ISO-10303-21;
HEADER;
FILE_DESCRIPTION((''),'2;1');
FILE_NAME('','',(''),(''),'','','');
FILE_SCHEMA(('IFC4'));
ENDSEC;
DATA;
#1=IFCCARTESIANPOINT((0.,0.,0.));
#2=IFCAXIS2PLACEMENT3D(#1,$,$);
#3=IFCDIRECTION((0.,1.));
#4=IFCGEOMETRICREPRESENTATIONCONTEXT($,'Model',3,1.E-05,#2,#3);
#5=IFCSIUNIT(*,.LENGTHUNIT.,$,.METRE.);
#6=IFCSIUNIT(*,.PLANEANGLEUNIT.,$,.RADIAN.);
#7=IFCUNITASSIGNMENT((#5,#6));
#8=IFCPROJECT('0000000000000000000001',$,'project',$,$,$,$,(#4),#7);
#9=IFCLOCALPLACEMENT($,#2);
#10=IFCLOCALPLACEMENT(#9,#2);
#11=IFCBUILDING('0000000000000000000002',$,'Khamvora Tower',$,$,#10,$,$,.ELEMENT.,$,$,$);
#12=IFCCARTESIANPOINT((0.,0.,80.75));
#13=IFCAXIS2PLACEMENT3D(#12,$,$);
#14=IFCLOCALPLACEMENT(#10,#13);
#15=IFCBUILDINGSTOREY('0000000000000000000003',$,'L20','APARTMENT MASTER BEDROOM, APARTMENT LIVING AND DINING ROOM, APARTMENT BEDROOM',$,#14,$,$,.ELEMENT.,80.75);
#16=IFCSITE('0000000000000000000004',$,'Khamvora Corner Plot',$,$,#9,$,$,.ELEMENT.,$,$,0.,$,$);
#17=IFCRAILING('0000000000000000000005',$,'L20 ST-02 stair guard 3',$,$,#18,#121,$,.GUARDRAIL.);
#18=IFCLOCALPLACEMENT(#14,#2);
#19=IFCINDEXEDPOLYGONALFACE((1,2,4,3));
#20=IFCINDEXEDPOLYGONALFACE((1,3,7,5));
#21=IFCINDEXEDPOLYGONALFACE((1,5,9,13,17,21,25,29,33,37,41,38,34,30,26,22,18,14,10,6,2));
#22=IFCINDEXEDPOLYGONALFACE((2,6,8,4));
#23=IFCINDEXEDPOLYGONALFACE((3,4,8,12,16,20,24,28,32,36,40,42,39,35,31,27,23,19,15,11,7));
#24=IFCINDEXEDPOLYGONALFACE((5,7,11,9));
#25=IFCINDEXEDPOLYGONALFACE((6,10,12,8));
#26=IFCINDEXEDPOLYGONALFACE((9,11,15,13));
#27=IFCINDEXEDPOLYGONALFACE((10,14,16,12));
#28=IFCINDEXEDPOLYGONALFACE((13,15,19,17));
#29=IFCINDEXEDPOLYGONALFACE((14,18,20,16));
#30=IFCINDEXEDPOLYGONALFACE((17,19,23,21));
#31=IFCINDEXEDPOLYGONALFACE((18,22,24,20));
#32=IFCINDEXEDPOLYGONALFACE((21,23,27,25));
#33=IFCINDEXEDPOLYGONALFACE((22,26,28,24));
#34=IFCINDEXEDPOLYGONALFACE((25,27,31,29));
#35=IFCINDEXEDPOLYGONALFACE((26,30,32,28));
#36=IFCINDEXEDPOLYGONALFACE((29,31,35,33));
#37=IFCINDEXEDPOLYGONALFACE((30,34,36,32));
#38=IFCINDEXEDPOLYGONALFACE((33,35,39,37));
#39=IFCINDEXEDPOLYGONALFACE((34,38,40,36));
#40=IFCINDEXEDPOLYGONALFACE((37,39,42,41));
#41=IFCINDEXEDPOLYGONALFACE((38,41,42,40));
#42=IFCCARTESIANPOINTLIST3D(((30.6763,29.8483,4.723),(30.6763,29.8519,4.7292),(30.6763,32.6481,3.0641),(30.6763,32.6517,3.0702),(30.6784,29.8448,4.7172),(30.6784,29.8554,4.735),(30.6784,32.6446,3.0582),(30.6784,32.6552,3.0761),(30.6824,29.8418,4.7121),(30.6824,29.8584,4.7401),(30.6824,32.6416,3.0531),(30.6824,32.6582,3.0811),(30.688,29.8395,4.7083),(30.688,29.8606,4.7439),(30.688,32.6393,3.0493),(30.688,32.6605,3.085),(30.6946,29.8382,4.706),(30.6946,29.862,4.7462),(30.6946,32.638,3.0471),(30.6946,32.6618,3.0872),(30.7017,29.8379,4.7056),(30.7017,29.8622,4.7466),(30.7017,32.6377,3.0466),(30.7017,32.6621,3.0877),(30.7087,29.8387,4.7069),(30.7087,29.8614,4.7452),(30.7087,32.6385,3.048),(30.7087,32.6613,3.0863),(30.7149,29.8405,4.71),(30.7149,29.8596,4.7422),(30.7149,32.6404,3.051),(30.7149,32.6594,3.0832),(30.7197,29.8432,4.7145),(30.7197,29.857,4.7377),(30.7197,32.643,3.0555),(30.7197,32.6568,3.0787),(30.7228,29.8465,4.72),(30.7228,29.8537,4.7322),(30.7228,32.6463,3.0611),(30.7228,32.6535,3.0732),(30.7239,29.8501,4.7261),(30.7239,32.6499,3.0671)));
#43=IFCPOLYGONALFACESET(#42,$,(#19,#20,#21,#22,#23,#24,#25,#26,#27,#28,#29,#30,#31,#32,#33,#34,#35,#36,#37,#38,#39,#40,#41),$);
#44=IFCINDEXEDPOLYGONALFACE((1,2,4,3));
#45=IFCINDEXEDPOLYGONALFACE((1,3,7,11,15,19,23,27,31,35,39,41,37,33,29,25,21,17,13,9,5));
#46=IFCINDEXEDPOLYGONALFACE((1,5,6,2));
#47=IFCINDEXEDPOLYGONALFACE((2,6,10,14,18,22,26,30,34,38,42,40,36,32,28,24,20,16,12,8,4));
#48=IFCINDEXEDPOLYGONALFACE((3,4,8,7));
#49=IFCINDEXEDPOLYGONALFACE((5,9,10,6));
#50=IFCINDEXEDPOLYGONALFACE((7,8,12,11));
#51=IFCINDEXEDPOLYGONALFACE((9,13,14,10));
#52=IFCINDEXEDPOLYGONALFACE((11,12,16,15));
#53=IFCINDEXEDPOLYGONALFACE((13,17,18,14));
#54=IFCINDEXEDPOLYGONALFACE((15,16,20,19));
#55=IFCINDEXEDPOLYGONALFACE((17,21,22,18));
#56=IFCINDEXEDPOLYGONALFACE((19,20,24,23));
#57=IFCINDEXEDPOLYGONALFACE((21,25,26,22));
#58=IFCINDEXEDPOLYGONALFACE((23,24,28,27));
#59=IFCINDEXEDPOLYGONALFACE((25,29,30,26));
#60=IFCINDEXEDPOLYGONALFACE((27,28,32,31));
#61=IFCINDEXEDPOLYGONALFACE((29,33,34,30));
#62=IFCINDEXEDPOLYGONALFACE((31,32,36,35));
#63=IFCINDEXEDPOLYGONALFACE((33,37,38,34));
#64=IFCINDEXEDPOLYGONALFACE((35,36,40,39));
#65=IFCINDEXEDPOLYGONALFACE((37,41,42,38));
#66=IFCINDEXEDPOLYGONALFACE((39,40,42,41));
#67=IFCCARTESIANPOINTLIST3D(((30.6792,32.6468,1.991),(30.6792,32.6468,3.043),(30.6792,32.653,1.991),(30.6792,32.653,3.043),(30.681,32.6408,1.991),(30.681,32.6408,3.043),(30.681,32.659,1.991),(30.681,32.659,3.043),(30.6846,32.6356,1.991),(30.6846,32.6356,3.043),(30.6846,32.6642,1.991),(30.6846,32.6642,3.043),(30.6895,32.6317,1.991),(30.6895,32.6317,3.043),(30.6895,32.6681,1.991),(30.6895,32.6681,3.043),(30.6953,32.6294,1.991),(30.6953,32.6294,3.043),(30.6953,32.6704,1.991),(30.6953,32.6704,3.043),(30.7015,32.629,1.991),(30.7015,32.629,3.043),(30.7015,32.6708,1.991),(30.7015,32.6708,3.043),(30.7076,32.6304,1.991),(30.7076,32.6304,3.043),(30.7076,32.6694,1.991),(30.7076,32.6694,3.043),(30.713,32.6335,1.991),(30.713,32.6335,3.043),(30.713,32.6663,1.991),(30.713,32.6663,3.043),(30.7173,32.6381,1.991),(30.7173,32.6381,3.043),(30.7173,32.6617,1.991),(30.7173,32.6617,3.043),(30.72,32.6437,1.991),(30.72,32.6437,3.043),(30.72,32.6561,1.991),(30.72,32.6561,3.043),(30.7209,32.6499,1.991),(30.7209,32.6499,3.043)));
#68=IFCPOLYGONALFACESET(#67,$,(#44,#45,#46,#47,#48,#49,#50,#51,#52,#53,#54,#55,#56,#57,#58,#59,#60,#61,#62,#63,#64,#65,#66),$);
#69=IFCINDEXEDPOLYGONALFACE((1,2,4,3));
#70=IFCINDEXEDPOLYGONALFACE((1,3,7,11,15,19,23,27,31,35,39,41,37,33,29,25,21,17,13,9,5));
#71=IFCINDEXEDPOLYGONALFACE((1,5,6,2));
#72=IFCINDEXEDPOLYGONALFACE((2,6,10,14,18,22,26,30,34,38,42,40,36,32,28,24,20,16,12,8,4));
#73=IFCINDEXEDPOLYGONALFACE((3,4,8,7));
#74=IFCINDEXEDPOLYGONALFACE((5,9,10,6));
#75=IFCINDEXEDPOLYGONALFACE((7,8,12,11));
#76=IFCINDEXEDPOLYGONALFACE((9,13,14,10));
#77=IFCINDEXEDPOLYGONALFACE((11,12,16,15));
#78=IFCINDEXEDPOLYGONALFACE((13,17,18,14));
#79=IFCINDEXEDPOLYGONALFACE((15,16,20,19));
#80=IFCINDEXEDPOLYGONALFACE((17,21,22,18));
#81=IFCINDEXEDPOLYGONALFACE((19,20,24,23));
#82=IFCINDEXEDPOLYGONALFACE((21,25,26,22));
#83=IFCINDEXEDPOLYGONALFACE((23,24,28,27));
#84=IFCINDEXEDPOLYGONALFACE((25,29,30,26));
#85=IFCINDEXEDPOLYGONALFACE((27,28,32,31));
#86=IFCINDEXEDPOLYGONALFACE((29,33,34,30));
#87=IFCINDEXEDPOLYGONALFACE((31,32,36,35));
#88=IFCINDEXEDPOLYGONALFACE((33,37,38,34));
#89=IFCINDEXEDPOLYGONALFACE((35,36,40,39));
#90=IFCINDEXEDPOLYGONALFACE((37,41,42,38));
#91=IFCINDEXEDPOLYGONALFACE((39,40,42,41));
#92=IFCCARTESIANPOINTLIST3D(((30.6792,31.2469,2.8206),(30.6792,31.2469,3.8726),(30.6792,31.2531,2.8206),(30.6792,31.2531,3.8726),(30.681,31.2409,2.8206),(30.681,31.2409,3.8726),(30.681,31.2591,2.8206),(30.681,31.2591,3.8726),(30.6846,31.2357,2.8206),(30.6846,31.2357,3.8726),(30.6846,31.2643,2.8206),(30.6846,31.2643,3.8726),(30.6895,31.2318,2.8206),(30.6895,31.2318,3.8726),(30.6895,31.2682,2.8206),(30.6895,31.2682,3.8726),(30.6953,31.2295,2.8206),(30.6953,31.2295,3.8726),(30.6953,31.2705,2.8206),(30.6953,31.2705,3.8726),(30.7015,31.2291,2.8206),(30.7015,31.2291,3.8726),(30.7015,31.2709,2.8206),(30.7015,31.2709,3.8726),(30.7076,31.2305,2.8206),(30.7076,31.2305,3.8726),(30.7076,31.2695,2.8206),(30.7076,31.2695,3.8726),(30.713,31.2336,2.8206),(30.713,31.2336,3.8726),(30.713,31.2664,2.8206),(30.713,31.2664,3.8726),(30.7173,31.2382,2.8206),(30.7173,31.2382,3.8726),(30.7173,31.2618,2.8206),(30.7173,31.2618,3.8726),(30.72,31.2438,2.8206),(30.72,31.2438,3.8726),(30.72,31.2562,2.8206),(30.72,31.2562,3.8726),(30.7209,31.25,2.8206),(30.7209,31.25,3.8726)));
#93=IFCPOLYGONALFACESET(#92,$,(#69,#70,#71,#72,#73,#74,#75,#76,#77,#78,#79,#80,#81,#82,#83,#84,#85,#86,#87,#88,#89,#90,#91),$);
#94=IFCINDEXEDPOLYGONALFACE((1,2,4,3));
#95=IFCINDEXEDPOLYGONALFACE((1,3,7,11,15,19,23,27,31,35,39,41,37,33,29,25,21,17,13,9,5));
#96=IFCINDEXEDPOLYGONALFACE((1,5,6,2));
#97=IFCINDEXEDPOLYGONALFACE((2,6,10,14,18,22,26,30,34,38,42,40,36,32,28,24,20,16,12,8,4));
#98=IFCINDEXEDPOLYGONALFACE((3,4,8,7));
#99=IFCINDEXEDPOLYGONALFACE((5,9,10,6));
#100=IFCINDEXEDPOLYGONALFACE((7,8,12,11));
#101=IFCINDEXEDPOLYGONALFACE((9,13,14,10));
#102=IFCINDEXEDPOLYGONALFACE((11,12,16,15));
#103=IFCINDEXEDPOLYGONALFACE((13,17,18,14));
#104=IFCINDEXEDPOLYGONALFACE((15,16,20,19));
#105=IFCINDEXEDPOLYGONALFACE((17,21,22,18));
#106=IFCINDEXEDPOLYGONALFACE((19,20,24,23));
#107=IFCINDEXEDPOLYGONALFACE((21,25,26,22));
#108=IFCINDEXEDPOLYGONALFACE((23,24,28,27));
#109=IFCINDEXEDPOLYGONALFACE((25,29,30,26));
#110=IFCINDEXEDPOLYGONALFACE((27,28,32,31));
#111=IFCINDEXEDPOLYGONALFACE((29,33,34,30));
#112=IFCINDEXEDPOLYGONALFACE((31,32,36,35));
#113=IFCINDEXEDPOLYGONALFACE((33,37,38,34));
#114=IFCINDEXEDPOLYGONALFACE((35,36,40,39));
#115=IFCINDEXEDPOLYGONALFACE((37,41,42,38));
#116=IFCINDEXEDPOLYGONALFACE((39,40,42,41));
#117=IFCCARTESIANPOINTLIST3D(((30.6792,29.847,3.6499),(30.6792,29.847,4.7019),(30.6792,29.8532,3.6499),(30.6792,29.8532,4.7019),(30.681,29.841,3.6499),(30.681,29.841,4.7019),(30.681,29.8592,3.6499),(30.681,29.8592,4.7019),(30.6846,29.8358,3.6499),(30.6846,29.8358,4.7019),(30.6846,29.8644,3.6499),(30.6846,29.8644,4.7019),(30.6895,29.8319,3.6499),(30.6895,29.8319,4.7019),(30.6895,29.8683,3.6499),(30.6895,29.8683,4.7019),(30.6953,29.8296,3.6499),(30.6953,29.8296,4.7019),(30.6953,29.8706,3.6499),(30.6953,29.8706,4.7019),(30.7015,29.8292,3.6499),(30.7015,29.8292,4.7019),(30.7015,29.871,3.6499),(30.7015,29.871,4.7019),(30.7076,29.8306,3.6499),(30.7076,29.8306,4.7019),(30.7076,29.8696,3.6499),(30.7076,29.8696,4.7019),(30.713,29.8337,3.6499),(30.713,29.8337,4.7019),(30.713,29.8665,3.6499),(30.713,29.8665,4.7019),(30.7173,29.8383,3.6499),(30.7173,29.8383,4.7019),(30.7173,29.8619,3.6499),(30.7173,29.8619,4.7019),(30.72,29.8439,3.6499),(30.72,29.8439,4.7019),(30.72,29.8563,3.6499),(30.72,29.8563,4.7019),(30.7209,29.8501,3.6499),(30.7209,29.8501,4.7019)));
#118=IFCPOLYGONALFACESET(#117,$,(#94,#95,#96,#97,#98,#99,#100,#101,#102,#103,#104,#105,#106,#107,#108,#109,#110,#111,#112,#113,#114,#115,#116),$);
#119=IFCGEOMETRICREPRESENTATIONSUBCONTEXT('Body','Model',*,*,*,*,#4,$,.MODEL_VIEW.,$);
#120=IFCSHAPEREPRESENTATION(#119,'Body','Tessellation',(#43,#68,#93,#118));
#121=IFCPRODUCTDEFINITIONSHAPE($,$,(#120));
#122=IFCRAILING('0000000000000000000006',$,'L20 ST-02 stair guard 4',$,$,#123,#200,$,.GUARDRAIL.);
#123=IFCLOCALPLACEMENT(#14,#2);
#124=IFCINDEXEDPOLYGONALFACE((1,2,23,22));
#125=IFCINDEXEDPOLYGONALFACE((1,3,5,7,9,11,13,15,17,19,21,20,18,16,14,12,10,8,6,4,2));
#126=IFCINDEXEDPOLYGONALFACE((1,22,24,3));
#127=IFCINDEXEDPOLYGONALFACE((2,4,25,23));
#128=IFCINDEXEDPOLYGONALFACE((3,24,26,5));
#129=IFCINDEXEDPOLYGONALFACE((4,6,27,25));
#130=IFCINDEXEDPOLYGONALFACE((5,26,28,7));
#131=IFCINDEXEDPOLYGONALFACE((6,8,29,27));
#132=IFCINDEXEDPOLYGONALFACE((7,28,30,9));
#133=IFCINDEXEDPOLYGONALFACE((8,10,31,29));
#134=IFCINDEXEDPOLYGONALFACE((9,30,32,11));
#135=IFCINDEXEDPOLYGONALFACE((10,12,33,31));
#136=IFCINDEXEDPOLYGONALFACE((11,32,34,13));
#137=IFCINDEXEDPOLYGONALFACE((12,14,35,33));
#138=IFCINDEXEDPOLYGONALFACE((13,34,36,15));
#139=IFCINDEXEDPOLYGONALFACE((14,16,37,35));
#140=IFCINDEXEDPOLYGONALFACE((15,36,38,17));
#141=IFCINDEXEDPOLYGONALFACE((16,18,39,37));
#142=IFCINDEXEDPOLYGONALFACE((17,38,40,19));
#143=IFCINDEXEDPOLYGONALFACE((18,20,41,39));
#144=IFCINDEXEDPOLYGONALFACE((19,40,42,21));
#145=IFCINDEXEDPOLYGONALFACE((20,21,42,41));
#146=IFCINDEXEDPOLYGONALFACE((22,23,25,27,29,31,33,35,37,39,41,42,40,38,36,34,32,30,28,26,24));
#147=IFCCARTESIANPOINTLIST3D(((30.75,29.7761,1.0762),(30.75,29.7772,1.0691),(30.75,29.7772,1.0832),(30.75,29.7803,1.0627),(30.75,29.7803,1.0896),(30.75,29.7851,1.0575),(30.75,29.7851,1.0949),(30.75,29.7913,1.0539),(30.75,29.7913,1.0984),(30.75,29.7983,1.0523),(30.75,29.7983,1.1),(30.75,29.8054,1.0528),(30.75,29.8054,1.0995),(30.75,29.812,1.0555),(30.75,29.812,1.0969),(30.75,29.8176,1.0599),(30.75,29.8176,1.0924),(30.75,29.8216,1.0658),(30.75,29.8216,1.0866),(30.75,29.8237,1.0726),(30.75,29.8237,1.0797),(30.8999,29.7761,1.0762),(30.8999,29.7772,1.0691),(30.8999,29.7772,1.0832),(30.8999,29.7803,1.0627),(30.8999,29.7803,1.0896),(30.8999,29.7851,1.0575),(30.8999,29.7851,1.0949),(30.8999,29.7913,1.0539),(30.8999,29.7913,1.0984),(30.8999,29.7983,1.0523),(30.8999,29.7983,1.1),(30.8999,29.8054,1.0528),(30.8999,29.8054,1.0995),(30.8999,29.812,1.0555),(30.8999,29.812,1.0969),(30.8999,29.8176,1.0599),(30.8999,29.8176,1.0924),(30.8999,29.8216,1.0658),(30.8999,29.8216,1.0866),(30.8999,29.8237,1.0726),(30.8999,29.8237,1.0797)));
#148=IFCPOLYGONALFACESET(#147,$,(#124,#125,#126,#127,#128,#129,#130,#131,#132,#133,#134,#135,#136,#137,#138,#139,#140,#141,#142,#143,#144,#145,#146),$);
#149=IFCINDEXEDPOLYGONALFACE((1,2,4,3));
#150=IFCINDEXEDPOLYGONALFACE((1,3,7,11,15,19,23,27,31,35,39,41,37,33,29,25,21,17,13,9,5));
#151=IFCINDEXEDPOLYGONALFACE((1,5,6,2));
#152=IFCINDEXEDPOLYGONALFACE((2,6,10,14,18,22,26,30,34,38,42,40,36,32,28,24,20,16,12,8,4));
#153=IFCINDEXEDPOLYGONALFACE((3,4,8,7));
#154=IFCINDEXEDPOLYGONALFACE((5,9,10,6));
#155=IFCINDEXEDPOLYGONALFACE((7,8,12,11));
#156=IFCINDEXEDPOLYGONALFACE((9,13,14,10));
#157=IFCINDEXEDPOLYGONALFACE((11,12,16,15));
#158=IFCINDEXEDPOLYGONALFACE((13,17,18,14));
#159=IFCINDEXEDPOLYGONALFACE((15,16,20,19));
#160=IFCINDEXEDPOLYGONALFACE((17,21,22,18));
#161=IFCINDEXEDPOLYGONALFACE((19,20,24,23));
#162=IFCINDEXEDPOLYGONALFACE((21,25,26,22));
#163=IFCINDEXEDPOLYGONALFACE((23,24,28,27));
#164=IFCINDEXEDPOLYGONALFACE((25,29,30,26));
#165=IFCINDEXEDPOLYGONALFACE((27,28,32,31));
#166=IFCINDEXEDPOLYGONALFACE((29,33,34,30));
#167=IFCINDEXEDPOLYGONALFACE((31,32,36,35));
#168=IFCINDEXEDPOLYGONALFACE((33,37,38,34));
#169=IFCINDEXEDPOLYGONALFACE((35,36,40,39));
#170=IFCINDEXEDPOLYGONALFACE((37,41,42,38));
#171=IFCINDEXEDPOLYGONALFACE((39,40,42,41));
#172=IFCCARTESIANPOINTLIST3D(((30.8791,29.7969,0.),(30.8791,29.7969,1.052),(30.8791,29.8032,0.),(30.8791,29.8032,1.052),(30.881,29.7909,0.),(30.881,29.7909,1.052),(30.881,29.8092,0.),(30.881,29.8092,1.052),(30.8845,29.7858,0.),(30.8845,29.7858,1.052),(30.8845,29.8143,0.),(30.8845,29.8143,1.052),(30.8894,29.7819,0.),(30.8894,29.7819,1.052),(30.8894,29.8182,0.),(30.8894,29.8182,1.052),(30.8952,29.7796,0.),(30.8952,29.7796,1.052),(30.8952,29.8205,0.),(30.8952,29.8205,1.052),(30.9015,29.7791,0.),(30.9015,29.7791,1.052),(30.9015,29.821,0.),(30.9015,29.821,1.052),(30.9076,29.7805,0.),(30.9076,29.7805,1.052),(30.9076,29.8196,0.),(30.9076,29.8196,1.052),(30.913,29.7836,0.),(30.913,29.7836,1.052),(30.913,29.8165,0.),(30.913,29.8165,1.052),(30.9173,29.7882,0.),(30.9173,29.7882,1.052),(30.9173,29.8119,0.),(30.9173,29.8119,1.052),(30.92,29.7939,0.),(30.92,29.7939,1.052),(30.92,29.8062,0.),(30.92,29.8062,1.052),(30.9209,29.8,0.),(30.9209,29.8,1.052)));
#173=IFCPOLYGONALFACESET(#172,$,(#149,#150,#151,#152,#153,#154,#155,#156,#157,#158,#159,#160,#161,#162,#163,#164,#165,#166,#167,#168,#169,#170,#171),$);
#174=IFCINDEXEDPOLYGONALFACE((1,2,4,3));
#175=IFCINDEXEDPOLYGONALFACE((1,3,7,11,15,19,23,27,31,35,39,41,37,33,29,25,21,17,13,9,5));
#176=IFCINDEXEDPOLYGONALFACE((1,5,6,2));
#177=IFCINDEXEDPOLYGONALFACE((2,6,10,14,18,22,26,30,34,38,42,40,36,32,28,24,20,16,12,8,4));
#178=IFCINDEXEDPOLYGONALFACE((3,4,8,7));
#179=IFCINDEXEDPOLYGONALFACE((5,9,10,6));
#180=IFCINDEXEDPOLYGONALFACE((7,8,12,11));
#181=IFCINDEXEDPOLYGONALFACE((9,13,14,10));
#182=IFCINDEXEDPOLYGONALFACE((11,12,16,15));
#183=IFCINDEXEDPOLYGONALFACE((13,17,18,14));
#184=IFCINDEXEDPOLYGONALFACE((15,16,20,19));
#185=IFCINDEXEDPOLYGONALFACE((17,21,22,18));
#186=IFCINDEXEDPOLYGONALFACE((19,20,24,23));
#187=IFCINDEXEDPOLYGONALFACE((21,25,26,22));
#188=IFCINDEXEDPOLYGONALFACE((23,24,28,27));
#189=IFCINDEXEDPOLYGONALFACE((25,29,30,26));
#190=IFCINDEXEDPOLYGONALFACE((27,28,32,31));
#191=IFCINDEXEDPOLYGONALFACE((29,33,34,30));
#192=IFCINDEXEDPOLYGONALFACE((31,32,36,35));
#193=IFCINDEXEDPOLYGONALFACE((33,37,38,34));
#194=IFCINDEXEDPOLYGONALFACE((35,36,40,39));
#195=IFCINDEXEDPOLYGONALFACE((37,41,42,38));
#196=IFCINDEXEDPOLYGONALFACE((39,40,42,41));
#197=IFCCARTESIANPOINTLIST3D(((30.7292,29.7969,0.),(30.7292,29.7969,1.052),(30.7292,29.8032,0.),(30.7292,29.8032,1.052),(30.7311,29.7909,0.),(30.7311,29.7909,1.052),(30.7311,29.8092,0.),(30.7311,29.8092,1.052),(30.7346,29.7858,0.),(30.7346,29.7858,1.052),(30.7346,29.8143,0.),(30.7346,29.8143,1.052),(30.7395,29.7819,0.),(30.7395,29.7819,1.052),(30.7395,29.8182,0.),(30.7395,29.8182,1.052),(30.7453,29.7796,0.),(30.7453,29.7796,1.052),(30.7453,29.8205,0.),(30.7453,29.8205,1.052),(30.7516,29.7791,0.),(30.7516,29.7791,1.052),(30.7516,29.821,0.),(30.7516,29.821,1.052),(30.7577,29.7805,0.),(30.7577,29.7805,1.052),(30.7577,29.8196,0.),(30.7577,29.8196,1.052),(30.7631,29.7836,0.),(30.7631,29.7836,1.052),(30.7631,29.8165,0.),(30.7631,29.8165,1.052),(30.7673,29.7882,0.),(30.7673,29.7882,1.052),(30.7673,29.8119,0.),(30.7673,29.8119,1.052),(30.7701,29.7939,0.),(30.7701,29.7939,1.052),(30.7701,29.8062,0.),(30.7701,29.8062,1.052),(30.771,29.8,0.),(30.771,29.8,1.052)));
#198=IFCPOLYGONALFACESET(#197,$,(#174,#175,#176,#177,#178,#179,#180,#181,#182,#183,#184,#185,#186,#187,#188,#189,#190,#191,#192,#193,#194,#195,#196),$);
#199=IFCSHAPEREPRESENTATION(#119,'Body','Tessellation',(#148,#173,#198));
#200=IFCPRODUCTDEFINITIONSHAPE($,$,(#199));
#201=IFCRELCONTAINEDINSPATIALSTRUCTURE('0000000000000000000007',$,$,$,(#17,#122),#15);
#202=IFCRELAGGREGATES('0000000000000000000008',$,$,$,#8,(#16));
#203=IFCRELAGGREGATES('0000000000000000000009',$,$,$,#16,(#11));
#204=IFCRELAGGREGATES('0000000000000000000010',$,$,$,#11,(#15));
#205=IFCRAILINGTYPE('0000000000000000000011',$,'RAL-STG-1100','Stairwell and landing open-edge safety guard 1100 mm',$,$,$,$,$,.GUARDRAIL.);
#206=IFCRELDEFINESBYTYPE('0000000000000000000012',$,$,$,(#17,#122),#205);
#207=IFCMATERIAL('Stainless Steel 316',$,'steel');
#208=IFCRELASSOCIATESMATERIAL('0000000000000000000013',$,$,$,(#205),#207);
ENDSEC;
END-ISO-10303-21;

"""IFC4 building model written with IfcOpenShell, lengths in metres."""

from ifc_helpers import new_model, si_unit, direction, frame, origin, origin_2d, place, context, subcontext, project, spatial, circle, extrude, material, type_object, element, save


model = new_model("IFC4")

# Units and contexts
model_context = context("Model", 3, precision=1e-05, world=origin(), true_north=direction((0.0, 1.0)))
body_context = subcontext(model_context, "Body", "Model", "MODEL_VIEW")
ifc_project = project(units=[si_unit("LENGTHUNIT", "METRE"), si_unit("PLANEANGLEUNIT", "RADIAN")], contexts=[model_context])

# Site, building, storey
site_placement = place(None, origin())
site = spatial("IfcSite", under=ifc_project, at=site_placement, Name="Khamvora Corner Plot", CompositionType="ELEMENT", RefElevation=0.0)
building_placement = place(site_placement, origin())
building = spatial("IfcBuilding", under=site, at=building_placement, Name="Khamvora Tower", CompositionType="ELEMENT")
storey_placement = place(building_placement, frame((0.0, 0.0, 80.75)))
storey = spatial("IfcBuildingStorey", under=building, at=storey_placement, Name="L20", Description="APARTMENT MASTER BEDROOM, APARTMENT LIVING AND DINING ROOM, APARTMENT BEDROOM", CompositionType="ELEMENT", Elevation=80.75)

# Railings
ifc_material_1 = material(Name="Stainless Steel 316", Category="steel")
railing_type_1 = type_object("IfcRailingType", Name="RAL-STG-1100", Description="Stairwell and landing open-edge safety guard 1100 mm", PredefinedType="GUARDRAIL", material=ifc_material_1)
railing_1_placement = place(storey_placement, frame((30.7, 32.6499, 1.991)))
element("IfcRailing", 1, at=railing_1_placement, inside=storey, type_object=railing_type_1, Name="L20 ST-02 stair guard 3", PredefinedType="GUARDRAIL", context=body_context, shape_type="SweptSolid", body=[
    extrude(circle(Radius=0.0239, at=origin_2d()), frame((0.0, 0.0, 1.0762), z_axis=(0.0, -0.86032, 0.509755), x_axis=(1.0, 0.0, 0.0)), (0.0, 0.0, 1.0), 3.2544),
    extrude(circle(Radius=0.021, at=origin_2d()), origin(), (0.0, 0.0, 1.0), 1.052),
    extrude(circle(Radius=0.021, at=origin_2d()), frame((0.0, -1.3999, 0.8296)), (0.0, 0.0, 1.0), 1.052),
    extrude(circle(Radius=0.021, at=origin_2d()), frame((0.0, -2.7998, 1.6589)), (0.0, 0.0, 1.0), 1.052),
])
railing_2_placement = place(storey_placement, frame((30.8999, 29.8, 0.0)))
element("IfcRailing", 2, at=railing_2_placement, inside=storey, type_object=railing_type_1, Name="L20 ST-02 stair guard 4", PredefinedType="GUARDRAIL", context=body_context, shape_type="SweptSolid", body=[
    extrude(circle(Radius=0.0239, at=origin_2d()), frame((0.0, 0.0, 1.0762), z_axis=(-1.0, 0.0, 0.0), x_axis=(0.0, -1.0, 0.0)), (0.0, 0.0, 1.0), 0.1499),
    extrude(circle(Radius=0.021, at=origin_2d()), origin(), (0.0, 0.0, 1.0), 1.052),
    extrude(circle(Radius=0.021, at=origin_2d()), frame((-0.1499, 0.0, 0.0)), (0.0, 0.0, 1.0), 1.052),
])

save(model, "model.ifc")
